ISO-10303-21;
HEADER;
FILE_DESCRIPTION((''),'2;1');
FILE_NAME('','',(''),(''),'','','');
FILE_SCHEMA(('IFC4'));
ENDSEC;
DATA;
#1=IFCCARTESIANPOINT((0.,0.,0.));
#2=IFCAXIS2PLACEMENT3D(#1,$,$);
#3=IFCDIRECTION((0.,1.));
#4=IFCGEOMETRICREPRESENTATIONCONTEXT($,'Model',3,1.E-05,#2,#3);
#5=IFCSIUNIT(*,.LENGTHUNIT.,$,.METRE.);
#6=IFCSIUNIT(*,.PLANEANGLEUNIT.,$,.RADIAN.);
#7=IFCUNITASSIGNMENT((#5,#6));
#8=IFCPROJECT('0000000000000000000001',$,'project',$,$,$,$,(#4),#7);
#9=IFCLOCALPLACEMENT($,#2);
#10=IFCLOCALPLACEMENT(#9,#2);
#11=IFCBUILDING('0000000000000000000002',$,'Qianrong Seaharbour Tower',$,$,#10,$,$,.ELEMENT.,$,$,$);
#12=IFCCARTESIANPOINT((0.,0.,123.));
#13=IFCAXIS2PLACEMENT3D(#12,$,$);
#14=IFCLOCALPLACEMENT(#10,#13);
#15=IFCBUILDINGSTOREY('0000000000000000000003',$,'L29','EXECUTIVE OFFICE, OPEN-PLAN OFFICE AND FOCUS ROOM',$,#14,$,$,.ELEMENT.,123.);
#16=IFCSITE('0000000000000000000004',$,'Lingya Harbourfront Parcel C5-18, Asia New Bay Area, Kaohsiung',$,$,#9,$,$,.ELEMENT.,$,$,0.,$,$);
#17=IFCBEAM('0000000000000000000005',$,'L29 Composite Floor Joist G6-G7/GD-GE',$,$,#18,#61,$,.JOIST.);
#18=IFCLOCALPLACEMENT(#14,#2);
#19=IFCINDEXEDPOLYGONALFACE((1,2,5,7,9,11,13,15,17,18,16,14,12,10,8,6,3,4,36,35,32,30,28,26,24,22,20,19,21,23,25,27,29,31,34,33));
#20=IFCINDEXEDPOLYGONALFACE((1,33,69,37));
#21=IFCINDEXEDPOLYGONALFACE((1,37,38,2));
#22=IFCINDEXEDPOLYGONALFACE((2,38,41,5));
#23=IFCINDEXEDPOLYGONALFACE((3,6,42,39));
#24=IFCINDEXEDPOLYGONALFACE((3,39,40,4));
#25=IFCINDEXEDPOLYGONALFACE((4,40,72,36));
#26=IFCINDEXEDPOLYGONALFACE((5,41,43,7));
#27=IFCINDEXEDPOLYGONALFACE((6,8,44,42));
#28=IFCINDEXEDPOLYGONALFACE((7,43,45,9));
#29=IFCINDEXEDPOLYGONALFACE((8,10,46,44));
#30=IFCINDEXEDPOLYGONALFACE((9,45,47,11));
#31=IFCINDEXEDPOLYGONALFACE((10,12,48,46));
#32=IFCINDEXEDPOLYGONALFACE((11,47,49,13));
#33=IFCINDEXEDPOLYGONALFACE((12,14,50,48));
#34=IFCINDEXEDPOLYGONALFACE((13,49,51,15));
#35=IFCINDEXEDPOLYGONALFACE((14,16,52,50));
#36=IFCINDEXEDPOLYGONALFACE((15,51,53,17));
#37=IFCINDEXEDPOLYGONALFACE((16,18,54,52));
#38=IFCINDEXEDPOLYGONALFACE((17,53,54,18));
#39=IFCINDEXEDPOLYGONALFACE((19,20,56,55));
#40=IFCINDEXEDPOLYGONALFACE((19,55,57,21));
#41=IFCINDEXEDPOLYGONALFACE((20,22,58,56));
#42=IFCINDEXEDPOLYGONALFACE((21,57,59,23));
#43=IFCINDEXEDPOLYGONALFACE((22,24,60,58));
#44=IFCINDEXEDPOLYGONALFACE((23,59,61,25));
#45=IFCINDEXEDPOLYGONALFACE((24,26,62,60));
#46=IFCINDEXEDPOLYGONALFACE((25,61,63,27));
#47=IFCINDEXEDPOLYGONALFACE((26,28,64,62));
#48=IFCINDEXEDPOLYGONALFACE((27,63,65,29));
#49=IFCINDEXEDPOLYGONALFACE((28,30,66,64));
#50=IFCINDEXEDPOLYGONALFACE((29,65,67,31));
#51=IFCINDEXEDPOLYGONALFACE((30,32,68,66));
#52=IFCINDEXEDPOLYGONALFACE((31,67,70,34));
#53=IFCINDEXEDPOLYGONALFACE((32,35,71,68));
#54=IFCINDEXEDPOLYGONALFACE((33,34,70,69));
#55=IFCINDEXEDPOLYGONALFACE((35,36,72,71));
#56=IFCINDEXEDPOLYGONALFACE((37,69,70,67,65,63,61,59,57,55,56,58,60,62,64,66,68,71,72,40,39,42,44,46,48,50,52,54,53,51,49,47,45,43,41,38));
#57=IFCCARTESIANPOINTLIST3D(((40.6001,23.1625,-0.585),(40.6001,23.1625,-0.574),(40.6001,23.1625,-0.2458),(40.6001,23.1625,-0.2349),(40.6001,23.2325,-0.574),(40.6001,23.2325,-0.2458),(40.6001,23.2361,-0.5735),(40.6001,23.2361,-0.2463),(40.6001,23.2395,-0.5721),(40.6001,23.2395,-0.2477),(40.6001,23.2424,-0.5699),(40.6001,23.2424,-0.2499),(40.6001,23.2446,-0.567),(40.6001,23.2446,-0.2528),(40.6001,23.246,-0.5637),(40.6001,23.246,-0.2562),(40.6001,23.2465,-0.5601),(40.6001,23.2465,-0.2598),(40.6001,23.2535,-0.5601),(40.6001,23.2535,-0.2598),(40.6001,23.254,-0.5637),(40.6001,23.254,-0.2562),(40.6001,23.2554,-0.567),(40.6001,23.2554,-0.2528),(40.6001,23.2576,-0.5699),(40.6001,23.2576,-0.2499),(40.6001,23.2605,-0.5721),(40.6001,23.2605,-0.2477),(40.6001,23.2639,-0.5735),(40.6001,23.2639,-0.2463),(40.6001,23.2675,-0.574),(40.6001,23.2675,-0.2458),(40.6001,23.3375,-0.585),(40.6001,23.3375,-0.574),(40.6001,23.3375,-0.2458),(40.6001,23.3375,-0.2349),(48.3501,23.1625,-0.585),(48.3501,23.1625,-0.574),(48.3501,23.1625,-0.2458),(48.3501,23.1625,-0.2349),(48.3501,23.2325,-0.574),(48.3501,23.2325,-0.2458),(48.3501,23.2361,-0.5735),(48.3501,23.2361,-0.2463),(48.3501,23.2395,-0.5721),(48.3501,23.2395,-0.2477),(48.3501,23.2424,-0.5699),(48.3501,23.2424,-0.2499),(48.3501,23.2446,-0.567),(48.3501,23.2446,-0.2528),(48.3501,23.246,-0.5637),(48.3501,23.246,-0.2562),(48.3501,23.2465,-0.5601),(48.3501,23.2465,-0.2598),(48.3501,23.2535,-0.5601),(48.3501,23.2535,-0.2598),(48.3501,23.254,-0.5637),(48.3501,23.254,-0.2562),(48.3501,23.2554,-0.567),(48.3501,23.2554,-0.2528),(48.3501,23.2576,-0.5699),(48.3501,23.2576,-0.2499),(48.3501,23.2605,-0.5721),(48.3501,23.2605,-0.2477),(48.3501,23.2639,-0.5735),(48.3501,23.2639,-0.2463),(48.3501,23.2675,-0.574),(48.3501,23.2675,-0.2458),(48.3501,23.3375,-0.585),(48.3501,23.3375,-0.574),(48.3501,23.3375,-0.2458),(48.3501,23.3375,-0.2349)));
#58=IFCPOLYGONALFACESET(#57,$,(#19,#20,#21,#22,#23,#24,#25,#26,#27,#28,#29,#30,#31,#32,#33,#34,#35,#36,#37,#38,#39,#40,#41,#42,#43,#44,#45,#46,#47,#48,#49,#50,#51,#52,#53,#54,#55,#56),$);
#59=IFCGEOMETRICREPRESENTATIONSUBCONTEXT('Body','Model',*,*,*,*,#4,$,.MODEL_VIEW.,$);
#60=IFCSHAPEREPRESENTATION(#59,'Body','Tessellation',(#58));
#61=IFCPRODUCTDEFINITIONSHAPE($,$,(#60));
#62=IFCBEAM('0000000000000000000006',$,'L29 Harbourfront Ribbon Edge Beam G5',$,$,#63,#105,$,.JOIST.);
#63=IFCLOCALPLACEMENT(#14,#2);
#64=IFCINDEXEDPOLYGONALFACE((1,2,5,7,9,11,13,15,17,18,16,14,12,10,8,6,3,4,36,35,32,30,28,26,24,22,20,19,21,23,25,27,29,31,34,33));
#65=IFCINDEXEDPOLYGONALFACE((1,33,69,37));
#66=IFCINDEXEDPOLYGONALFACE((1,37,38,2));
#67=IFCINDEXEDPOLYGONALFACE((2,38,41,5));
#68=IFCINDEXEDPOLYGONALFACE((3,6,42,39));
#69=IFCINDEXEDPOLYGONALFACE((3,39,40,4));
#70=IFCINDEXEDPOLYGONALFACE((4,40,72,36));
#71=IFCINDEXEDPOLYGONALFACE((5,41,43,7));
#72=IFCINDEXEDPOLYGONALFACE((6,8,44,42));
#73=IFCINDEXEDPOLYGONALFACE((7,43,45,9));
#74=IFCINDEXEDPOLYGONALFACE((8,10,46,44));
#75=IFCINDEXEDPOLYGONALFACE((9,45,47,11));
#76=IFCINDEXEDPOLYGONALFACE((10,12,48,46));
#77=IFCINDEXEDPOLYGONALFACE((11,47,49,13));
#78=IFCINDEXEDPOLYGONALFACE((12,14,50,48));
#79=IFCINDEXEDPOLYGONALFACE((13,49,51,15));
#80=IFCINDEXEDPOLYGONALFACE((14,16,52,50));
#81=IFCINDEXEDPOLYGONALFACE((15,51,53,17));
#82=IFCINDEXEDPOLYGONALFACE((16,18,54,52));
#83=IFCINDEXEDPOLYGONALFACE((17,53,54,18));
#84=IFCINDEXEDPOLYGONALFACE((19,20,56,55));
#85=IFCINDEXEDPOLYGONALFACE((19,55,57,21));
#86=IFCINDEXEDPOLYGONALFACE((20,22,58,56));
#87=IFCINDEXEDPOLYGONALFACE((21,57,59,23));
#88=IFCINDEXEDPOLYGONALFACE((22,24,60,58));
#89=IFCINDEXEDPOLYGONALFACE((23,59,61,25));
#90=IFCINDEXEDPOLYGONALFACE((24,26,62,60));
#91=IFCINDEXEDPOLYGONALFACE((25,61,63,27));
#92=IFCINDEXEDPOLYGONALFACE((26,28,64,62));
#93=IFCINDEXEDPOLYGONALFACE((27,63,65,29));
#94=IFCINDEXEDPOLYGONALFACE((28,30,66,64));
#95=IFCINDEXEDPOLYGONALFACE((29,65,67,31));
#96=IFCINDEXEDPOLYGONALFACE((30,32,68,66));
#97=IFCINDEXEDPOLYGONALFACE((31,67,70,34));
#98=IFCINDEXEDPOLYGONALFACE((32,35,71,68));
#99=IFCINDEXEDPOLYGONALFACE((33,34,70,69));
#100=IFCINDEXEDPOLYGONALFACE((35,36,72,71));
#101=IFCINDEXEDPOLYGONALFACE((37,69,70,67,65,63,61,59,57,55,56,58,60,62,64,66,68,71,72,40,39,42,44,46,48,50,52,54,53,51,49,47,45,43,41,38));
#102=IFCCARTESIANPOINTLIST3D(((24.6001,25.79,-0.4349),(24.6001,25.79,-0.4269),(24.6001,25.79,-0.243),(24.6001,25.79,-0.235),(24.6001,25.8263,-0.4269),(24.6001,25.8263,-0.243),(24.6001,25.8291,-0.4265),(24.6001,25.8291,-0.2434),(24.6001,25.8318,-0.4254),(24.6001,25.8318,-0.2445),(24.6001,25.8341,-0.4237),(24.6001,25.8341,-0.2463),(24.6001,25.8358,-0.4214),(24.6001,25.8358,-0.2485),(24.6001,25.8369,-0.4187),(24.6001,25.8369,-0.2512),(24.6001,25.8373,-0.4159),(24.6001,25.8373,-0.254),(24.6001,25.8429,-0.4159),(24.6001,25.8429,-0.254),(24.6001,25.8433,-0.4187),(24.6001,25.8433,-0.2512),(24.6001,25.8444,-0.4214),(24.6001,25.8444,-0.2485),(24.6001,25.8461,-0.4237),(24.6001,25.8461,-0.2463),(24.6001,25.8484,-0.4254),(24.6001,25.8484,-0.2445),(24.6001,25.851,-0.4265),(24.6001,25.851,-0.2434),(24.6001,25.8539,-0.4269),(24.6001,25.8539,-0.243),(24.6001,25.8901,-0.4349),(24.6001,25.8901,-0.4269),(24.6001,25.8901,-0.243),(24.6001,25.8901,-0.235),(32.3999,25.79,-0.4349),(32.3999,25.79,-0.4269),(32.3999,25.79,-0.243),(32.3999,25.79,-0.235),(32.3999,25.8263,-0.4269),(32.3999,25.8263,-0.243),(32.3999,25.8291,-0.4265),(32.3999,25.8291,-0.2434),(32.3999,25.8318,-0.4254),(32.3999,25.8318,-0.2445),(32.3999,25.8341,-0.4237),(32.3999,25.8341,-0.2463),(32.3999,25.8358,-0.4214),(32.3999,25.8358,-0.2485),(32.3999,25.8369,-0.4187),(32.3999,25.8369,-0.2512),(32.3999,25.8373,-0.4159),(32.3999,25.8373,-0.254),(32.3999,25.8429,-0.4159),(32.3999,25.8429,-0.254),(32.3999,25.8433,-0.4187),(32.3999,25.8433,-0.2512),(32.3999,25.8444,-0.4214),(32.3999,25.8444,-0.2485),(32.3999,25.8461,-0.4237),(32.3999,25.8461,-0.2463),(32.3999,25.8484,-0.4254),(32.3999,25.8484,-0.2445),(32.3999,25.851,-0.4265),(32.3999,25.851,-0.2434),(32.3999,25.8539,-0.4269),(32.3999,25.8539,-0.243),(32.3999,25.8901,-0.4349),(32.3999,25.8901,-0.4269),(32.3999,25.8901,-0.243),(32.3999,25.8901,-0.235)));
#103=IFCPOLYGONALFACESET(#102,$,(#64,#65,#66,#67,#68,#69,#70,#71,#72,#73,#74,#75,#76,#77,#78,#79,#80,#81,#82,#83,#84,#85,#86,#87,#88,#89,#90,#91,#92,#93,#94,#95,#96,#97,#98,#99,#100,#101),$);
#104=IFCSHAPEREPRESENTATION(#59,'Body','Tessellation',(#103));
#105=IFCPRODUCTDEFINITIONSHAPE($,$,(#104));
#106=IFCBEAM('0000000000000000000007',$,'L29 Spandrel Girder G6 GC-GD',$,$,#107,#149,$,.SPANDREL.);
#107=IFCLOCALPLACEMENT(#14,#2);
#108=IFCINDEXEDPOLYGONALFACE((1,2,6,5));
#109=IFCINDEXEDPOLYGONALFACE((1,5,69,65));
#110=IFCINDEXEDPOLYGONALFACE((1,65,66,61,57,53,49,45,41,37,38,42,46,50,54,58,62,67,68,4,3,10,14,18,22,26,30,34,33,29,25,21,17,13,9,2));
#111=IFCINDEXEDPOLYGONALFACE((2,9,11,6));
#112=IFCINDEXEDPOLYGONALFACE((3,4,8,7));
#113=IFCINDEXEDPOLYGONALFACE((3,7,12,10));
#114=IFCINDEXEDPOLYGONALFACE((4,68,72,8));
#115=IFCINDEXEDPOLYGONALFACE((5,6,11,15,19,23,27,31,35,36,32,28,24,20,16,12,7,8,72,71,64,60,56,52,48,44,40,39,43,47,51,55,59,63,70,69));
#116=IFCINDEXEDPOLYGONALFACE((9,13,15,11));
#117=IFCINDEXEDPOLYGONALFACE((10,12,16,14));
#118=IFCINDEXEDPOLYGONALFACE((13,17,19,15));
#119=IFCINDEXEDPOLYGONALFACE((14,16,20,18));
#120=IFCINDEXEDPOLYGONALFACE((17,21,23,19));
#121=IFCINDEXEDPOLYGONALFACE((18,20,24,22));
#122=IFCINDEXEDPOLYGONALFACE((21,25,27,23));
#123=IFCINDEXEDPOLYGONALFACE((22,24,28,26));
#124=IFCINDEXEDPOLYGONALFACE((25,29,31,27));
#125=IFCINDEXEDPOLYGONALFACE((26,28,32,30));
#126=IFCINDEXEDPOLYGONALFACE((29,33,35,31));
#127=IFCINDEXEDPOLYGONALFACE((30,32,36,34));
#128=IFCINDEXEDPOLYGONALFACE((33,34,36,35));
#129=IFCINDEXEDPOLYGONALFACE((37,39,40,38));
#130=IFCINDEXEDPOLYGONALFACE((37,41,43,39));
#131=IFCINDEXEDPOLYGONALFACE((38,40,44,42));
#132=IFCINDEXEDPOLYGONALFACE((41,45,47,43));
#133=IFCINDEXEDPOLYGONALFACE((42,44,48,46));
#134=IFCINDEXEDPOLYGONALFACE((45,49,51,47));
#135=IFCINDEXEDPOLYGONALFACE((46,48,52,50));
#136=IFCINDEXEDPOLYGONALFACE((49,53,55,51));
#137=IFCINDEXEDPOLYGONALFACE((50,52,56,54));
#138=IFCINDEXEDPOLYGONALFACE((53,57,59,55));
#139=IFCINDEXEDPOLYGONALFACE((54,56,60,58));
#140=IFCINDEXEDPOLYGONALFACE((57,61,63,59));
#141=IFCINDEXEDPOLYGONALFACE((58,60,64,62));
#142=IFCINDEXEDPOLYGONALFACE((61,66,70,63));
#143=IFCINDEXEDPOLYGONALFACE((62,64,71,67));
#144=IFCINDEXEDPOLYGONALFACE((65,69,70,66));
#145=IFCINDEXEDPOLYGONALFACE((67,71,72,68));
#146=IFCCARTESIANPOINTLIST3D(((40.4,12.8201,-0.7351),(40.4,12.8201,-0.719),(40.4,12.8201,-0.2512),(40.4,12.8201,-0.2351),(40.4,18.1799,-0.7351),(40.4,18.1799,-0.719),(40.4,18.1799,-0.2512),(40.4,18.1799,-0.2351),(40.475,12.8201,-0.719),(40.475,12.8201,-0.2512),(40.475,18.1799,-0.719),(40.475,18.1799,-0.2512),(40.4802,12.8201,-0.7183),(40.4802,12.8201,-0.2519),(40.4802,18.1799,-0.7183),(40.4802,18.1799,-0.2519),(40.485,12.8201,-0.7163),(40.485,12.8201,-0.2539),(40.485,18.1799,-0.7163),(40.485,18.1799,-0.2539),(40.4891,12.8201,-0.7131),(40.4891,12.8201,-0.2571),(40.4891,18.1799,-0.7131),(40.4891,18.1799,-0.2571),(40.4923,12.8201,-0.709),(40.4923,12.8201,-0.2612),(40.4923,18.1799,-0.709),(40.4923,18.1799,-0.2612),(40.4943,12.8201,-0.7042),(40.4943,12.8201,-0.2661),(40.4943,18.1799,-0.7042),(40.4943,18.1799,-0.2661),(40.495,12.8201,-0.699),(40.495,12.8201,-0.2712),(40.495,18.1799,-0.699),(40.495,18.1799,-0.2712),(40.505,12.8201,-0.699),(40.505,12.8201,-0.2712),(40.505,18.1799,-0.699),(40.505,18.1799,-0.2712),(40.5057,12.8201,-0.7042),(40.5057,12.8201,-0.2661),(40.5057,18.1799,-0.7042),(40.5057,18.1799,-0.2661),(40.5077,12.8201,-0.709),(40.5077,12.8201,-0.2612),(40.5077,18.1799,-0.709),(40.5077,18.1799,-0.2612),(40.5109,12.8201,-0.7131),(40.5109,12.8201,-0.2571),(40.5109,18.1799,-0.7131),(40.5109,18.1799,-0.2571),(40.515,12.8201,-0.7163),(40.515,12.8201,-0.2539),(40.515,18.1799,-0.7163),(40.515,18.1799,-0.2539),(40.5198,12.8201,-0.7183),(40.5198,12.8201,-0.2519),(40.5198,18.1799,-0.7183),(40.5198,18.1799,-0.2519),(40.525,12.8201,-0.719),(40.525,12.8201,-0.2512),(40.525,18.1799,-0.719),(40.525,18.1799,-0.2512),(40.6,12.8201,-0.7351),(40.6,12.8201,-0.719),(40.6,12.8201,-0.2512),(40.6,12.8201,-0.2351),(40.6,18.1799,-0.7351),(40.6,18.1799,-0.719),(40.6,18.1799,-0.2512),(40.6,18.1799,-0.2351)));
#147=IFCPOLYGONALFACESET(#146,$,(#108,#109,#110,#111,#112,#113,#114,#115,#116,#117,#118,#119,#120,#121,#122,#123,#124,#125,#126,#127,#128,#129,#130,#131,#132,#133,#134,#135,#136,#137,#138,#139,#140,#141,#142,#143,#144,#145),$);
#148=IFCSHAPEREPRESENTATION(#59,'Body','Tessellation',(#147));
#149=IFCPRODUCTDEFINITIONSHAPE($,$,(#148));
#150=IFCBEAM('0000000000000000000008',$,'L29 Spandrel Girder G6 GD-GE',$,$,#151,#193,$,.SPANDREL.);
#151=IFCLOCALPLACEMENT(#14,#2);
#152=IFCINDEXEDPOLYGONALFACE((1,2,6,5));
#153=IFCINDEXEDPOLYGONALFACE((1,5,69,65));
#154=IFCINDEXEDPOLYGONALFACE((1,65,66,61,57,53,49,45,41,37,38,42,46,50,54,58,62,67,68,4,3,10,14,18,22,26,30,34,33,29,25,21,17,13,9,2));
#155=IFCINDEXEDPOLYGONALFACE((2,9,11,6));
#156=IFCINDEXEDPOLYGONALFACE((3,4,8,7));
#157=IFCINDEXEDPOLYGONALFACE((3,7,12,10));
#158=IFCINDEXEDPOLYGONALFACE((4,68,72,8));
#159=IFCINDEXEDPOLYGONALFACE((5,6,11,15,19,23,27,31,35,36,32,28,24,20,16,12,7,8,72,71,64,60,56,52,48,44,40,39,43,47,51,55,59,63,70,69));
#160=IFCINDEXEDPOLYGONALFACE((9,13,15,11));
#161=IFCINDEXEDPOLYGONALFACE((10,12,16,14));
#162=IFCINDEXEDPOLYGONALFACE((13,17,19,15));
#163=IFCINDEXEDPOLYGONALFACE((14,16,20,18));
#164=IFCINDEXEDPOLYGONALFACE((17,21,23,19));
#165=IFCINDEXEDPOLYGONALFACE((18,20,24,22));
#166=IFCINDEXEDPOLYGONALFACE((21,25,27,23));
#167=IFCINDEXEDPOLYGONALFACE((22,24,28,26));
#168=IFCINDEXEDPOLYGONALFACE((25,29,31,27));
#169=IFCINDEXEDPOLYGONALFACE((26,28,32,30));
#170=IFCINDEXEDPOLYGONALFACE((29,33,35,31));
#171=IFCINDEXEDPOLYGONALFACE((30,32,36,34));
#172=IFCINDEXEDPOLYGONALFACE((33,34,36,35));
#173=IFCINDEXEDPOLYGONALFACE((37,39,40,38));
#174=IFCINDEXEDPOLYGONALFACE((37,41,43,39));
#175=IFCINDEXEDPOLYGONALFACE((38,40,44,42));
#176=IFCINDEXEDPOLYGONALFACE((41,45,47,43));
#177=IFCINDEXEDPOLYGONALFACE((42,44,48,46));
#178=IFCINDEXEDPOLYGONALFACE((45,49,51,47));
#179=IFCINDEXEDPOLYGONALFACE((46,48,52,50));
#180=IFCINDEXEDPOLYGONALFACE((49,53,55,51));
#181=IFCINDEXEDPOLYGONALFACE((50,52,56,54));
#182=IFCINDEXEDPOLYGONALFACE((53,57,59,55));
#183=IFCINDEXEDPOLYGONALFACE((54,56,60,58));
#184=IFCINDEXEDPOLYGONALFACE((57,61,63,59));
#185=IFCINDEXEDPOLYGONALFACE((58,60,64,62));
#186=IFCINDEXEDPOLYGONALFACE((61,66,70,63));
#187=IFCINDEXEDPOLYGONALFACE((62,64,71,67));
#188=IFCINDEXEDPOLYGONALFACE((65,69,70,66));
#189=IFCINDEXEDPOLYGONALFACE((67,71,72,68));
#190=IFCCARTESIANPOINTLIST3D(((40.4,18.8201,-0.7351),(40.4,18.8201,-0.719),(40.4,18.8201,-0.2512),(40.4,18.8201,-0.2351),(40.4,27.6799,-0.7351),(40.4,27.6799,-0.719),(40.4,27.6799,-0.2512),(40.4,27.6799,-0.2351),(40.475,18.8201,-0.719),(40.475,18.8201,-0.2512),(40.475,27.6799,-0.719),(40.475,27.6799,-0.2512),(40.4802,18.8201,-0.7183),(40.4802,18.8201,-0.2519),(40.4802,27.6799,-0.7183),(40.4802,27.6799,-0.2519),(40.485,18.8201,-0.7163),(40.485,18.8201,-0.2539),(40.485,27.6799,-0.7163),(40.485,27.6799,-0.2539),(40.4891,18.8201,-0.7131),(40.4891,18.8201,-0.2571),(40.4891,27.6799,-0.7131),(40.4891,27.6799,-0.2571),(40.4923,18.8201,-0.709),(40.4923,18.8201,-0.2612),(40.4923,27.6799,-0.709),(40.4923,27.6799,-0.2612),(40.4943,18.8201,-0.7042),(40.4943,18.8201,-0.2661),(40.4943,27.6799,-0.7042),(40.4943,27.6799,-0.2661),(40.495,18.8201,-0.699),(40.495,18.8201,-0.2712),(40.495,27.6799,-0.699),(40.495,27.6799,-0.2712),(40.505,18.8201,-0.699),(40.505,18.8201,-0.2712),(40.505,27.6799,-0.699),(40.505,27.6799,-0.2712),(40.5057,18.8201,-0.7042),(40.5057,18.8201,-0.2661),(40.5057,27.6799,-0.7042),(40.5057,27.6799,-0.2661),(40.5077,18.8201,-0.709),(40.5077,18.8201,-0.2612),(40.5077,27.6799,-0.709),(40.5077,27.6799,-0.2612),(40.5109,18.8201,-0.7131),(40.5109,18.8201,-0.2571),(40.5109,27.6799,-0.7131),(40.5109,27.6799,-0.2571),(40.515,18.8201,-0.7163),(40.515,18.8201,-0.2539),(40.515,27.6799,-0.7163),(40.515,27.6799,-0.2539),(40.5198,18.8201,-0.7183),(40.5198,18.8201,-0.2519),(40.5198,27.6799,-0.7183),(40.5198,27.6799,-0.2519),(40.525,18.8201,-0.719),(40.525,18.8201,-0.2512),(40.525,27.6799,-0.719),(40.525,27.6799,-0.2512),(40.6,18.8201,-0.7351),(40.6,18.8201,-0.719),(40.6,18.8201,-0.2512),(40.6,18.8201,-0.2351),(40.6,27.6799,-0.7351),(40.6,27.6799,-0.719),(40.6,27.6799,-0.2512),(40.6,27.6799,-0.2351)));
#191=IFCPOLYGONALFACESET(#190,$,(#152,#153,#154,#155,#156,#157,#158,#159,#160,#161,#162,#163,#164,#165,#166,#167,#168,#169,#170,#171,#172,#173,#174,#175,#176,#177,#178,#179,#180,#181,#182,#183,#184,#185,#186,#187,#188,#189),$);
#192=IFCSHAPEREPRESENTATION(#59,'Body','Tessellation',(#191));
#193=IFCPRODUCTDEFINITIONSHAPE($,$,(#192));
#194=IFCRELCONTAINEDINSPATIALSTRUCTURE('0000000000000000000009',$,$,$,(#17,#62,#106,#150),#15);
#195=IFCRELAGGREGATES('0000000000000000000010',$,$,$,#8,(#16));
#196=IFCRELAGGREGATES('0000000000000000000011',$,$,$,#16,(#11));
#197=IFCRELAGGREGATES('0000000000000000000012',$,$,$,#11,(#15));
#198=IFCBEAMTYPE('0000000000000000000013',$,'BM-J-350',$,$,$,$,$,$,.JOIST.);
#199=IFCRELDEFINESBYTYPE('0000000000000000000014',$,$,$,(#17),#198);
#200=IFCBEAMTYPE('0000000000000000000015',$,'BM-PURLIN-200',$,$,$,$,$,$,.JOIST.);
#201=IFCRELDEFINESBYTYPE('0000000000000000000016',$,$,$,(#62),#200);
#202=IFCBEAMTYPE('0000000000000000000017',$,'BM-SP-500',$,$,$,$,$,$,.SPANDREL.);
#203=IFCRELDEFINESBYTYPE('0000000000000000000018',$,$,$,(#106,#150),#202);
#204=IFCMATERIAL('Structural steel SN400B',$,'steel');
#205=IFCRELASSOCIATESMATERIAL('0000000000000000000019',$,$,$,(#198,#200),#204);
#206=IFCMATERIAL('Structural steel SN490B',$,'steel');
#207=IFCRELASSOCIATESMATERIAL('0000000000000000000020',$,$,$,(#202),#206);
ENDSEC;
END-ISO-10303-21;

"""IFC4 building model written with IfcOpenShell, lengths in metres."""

from ifc_helpers import new_model, si_unit, direction, frame, origin, origin_2d, place, context, subcontext, project, spatial, i_section, extrude, material, material_profile, profile_set, type_object, element, save


model = new_model("IFC4")

# Units and contexts
model_context = context("Model", 3, precision=1e-05, world=origin(), true_north=direction((0.0, 1.0)))
body_context = subcontext(model_context, "Body", "Model", "MODEL_VIEW")
ifc_project = project(units=[si_unit("LENGTHUNIT", "METRE"), si_unit("PLANEANGLEUNIT", "RADIAN")], contexts=[model_context])

# Site, building, storey
site_placement = place(None, origin())
site = spatial("IfcSite", under=ifc_project, at=site_placement, Name="Lingya Harbourfront Parcel C5-18, Asia New Bay Area, Kaohsiung", CompositionType="ELEMENT", RefElevation=0.0)
building_placement = place(site_placement, origin())
building = spatial("IfcBuilding", under=site, at=building_placement, Name="Qianrong Seaharbour Tower", CompositionType="ELEMENT")
storey_placement = place(building_placement, frame((0.0, 0.0, 123.0)))
storey = spatial("IfcBuildingStorey", under=building, at=storey_placement, Name="L29", Description="EXECUTIVE OFFICE, OPEN-PLAN OFFICE AND FOCUS ROOM", CompositionType="ELEMENT", Elevation=123.0)

# Shared definitions
ifc_material_1 = material(Name="Structural steel SN490B", Category="steel")

# Beams
ifc_material_2 = material(Name="Structural steel SN400B", Category="steel")
ifc_material_profile_1 = material_profile(ifc_material_2, i_section(OverallWidth=0.175, OverallDepth=0.3501, WebThickness=0.0071, FlangeThickness=0.011, FilletRadius=0.0139, at=origin_2d()), Name="H350x175x7x11")
ifc_profile_set_1 = profile_set([ifc_material_profile_1], Name="Structural steel SN400B")
beam_type_1 = type_object("IfcBeamType", Name="BM-J-350", PredefinedType="JOIST", material=ifc_profile_set_1)
beam_1_placement = place(storey_placement, frame((40.6001, 23.25, -0.4099), z_axis=(1.0, 0.0, 0.0), x_axis=(0.0, 1.0, 0.0)))
element("IfcBeam", 1, at=beam_1_placement, inside=storey, type_object=beam_type_1, Name="L29 Composite Floor Joist G6-G7/GD-GE", PredefinedType="JOIST", context=body_context, shape_type="SweptSolid", body=[
    extrude(i_section(OverallWidth=0.175, OverallDepth=0.3501, WebThickness=0.0071, FlangeThickness=0.011, FilletRadius=0.0139, at=origin_2d()), origin(), (0.0, 0.0, 1.0), 7.75),
])
ifc_material_profile_2 = material_profile(ifc_material_2, i_section(OverallWidth=0.1001, OverallDepth=0.2, WebThickness=0.0056, FlangeThickness=0.0081, FilletRadius=0.011, at=origin_2d()), Name="H200x100x5.5x8")
ifc_profile_set_2 = profile_set([ifc_material_profile_2], Name="Structural steel SN400B")
beam_type_2 = type_object("IfcBeamType", Name="BM-PURLIN-200", PredefinedType="JOIST", material=ifc_profile_set_2)
beam_2_placement = place(storey_placement, frame((24.6001, 25.8401, -0.335), z_axis=(1.0, 0.0, 0.0), x_axis=(0.0, 1.0, 0.0)))
element("IfcBeam", 2, at=beam_2_placement, inside=storey, type_object=beam_type_2, Name="L29 Harbourfront Ribbon Edge Beam G5", PredefinedType="JOIST", context=body_context, shape_type="SweptSolid", body=[
    extrude(i_section(OverallWidth=0.1001, OverallDepth=0.2, WebThickness=0.0056, FlangeThickness=0.0081, FilletRadius=0.011, at=origin_2d()), origin(), (0.0, 0.0, 1.0), 7.7998),
])
ifc_material_profile_3 = material_profile(ifc_material_1, i_section(OverallWidth=0.2, OverallDepth=0.5, WebThickness=0.01, FlangeThickness=0.0161, FilletRadius=0.02, at=origin_2d()), Name="H500x200x10x16")
ifc_profile_set_3 = profile_set([ifc_material_profile_3], Name="Structural steel SN490B")
beam_type_3 = type_object("IfcBeamType", Name="BM-SP-500", PredefinedType="SPANDREL", material=ifc_profile_set_3)
beam_3_placement = place(storey_placement, frame((40.5, 12.8201, -0.4851), z_axis=(0.0, 1.0, 0.0), x_axis=(-1.0, 0.0, 0.0)))
element("IfcBeam", 3, at=beam_3_placement, inside=storey, type_object=beam_type_3, Name="L29 Spandrel Girder G6 GC-GD", PredefinedType="SPANDREL", context=body_context, shape_type="SweptSolid", body=[
    extrude(i_section(OverallWidth=0.2, OverallDepth=0.5, WebThickness=0.01, FlangeThickness=0.0161, FilletRadius=0.02, at=origin_2d()), origin(), (0.0, 0.0, 1.0), 5.3599),
])
beam_4_placement = place(storey_placement, frame((40.5, 18.8201, -0.4851), z_axis=(0.0, 1.0, 0.0), x_axis=(-1.0, 0.0, 0.0)))
element("IfcBeam", 4, at=beam_4_placement, inside=storey, type_object=beam_type_3, Name="L29 Spandrel Girder G6 GD-GE", PredefinedType="SPANDREL", context=body_context, shape_type="SweptSolid", body=[
    extrude(i_section(OverallWidth=0.2, OverallDepth=0.5, WebThickness=0.01, FlangeThickness=0.0161, FilletRadius=0.02, at=origin_2d()), origin(), (0.0, 0.0, 1.0), 8.8599),
])

save(model, "model.ifc")
